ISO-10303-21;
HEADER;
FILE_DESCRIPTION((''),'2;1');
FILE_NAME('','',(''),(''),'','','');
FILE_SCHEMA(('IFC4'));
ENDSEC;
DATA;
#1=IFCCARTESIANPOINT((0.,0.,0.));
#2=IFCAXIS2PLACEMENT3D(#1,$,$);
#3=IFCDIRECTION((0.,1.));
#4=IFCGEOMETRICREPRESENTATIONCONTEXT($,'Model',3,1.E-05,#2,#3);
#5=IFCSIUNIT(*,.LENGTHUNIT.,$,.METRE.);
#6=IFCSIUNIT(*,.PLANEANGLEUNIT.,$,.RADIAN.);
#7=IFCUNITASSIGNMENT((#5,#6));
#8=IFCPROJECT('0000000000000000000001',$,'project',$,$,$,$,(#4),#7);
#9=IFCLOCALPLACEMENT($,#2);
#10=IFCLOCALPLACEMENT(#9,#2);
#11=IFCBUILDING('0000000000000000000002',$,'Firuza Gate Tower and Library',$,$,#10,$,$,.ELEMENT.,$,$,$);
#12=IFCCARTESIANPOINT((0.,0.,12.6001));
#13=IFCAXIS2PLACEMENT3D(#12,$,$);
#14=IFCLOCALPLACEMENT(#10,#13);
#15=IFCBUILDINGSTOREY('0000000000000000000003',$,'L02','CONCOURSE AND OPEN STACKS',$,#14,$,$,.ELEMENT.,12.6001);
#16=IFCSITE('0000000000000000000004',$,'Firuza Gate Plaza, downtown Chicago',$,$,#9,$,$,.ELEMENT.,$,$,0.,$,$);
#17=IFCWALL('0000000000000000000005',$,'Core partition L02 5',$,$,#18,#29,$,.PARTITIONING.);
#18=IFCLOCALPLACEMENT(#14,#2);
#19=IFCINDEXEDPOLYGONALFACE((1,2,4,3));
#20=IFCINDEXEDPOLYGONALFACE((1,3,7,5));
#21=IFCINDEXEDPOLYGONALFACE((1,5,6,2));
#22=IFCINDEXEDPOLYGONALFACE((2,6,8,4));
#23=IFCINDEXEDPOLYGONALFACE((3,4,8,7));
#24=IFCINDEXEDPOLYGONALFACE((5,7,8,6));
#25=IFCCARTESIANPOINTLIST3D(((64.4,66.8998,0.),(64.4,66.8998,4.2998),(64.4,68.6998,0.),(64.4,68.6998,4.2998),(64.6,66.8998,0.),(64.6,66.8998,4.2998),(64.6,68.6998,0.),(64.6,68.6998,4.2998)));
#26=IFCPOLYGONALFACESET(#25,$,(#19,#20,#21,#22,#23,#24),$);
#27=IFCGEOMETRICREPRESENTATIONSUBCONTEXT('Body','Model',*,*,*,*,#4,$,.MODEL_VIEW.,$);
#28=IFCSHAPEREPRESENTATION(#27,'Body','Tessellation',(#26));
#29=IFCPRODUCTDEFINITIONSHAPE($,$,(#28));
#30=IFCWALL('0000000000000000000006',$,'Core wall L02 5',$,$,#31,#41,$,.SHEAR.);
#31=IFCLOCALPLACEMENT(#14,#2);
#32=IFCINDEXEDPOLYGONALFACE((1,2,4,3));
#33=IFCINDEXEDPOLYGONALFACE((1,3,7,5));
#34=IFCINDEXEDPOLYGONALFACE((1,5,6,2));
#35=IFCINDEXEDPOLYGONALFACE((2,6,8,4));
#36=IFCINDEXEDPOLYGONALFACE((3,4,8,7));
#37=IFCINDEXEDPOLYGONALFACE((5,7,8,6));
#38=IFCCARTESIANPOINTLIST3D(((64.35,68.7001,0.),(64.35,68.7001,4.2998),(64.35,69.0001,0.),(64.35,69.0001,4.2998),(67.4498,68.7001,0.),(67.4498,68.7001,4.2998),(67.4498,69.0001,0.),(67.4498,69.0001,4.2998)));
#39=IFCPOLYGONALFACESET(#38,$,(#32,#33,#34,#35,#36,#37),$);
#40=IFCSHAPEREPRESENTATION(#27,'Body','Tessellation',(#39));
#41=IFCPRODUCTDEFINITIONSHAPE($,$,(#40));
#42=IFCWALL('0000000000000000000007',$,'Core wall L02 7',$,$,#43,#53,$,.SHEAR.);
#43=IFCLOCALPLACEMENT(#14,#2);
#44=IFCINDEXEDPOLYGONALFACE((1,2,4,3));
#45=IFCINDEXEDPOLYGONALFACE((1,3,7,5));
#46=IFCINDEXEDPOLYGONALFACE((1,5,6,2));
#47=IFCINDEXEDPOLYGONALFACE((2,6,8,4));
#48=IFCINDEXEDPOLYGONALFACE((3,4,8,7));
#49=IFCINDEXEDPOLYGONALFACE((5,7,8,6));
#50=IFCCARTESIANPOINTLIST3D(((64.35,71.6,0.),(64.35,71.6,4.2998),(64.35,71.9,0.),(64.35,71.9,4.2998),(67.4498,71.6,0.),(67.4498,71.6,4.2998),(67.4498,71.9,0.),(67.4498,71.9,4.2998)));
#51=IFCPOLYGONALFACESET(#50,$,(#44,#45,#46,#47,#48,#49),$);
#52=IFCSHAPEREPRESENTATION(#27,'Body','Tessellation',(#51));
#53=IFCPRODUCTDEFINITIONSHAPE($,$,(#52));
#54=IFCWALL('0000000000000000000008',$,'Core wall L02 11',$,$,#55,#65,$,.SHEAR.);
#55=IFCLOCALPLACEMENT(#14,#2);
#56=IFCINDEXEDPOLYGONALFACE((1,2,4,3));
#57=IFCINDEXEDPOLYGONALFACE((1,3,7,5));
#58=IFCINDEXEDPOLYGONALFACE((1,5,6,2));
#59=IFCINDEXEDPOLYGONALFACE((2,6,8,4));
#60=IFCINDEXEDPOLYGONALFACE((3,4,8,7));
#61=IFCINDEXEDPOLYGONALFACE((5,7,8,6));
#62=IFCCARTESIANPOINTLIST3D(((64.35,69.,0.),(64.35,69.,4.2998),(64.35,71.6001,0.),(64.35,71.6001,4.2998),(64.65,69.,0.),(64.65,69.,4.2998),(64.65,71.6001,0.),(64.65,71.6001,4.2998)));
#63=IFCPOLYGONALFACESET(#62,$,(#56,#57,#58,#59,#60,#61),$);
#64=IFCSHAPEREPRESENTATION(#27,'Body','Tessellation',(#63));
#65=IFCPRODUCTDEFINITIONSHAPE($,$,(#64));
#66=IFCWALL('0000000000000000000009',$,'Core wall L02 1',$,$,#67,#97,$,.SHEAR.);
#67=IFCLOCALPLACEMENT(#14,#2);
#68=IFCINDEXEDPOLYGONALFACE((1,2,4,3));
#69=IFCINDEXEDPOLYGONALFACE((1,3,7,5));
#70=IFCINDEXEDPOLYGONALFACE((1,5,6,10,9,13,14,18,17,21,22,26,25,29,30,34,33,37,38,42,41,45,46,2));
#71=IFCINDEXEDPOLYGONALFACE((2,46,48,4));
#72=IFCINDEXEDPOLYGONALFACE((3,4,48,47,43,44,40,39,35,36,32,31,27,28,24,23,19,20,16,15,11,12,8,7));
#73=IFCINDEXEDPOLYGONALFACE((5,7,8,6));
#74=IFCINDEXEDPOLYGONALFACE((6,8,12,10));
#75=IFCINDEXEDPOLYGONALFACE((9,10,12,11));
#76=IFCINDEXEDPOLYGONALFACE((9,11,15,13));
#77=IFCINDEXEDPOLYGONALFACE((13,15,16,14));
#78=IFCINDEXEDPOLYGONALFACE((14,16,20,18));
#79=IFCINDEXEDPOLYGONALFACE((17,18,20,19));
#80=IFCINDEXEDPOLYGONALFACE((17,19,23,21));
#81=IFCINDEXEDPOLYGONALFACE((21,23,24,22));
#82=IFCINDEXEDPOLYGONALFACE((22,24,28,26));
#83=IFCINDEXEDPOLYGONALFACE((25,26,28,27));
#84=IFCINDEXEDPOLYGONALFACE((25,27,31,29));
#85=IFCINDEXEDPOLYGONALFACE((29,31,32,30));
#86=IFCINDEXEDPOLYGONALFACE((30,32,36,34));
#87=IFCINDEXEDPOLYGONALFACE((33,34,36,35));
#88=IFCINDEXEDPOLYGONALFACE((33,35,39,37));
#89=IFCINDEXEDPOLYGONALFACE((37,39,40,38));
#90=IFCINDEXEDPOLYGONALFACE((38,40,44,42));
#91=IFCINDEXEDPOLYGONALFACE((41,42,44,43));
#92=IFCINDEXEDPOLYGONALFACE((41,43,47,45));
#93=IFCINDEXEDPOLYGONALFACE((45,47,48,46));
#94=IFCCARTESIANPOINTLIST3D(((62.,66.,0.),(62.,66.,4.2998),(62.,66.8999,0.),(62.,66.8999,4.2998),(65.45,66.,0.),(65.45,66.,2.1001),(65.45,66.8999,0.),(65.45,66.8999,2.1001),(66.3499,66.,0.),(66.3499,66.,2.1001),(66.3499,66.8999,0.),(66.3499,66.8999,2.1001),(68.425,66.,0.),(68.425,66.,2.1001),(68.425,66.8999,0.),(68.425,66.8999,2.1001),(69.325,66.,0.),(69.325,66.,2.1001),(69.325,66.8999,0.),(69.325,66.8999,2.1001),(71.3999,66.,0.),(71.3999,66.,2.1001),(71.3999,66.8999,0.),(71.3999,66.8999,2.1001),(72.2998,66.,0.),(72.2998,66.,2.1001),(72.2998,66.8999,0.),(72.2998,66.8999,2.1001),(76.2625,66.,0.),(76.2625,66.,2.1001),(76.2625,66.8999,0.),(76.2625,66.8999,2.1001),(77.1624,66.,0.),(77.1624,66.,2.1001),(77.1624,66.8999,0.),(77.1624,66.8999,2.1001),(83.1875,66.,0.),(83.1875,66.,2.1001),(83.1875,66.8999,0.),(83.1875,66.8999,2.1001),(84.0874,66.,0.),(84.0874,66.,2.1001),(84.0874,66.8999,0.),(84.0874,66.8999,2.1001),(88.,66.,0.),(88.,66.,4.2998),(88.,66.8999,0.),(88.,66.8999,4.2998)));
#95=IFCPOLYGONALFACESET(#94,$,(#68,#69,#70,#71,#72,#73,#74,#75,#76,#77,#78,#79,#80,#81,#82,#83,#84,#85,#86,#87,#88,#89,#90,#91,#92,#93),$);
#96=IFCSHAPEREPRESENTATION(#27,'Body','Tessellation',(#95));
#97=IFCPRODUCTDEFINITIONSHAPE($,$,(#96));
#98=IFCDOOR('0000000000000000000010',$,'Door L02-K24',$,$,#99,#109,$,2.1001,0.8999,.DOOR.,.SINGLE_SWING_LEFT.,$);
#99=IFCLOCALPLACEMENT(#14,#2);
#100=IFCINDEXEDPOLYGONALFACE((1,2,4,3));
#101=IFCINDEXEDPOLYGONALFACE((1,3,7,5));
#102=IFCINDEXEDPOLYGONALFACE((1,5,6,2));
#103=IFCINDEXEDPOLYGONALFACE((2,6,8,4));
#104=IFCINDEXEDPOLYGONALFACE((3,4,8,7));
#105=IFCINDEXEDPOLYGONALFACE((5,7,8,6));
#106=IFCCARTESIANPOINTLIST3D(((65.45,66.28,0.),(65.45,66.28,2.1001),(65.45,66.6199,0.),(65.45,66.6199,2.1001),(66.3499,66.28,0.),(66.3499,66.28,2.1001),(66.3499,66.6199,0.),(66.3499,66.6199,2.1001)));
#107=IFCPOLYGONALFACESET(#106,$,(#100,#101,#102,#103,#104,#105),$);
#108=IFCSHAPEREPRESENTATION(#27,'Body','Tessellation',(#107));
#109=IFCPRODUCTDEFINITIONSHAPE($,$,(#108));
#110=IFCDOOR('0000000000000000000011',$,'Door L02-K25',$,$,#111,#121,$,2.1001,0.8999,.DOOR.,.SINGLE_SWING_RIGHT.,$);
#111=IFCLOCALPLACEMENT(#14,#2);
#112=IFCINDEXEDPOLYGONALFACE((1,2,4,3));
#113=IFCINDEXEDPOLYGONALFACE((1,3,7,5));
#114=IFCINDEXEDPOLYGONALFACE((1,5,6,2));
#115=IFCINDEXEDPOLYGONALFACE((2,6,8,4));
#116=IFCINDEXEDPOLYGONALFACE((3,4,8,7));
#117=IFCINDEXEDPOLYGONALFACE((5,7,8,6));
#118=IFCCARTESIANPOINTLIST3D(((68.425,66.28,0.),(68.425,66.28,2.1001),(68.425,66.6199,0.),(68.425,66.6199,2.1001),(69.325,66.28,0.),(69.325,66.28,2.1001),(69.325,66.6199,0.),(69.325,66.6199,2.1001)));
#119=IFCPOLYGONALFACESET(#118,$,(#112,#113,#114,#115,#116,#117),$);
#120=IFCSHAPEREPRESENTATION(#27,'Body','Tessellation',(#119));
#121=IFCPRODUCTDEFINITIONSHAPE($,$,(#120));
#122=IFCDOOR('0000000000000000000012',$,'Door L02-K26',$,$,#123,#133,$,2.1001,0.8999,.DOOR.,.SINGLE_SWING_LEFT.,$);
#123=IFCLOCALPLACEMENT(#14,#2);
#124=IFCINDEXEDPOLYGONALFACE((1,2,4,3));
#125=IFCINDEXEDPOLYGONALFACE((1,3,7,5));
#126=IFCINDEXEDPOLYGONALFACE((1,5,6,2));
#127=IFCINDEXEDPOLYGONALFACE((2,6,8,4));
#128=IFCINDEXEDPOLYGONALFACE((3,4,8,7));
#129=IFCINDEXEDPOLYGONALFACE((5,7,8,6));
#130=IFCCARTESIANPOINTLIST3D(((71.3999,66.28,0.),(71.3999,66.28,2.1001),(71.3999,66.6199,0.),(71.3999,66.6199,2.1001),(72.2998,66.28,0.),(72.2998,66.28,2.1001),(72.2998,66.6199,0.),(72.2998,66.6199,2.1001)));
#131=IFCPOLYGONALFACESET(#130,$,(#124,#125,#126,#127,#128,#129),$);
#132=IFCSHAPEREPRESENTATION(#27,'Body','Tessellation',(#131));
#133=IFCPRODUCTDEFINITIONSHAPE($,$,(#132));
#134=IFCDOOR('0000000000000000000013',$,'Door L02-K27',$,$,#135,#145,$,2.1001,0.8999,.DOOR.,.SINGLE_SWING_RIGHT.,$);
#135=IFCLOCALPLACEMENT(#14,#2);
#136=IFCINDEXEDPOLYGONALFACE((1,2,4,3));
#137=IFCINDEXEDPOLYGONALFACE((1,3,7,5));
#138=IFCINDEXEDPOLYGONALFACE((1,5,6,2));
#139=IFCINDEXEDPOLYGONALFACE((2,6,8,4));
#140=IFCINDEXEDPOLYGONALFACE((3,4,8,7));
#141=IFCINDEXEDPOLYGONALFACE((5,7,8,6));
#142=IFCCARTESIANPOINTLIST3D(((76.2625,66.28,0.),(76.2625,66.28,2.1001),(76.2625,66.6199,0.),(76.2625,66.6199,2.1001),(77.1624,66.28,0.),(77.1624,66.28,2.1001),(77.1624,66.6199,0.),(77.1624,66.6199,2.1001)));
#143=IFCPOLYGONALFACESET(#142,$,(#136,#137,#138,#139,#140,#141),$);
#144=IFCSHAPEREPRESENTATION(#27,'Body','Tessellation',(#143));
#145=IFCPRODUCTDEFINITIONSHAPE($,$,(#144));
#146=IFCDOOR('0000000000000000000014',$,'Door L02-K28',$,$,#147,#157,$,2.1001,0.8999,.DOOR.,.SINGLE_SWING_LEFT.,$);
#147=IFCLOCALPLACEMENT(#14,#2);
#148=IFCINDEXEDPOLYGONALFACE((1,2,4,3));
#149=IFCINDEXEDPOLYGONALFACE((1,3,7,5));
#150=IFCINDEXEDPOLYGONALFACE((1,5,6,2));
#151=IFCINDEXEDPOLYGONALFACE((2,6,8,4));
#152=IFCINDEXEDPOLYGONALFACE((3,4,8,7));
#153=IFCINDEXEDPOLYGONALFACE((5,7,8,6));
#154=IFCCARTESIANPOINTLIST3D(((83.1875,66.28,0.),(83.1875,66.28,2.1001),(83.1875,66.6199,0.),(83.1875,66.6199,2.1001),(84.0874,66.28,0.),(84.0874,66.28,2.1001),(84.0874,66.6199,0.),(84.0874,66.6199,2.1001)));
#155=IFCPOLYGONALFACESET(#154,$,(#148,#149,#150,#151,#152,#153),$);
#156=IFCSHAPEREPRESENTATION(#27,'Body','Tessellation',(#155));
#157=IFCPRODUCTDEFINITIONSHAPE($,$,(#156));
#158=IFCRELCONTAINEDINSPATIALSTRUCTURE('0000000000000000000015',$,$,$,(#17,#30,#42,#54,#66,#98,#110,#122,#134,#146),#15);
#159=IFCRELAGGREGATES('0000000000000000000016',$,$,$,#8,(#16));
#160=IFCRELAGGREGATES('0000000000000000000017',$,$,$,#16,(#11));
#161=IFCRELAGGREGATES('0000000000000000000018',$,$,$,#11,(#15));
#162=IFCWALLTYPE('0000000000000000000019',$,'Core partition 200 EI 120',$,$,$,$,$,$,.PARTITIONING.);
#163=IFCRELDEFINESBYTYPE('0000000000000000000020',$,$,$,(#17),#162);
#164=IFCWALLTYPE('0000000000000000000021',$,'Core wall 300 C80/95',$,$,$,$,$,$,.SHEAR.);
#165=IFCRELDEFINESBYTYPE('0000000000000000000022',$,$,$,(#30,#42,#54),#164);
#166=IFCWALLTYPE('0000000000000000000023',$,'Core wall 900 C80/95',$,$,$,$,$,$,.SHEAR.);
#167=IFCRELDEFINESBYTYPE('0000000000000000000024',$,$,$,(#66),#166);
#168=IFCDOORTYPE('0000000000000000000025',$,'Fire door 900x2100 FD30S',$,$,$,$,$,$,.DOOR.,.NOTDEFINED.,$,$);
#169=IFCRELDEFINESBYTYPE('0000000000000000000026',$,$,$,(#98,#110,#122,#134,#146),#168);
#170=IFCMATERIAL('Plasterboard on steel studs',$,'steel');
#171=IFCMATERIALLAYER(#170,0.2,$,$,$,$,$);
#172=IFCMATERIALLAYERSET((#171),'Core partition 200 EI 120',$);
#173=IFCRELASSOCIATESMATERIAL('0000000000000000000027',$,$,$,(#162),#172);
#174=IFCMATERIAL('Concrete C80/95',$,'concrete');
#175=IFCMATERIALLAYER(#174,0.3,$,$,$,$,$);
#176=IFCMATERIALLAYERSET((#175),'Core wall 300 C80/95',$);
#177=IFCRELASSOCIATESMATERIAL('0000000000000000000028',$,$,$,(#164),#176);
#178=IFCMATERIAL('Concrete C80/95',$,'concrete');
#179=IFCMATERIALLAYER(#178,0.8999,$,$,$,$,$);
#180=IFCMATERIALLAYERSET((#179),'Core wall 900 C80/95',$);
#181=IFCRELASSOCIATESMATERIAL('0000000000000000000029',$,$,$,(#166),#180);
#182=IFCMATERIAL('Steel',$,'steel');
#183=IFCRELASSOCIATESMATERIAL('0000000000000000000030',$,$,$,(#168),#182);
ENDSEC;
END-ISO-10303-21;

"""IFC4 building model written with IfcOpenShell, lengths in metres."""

from ifc_helpers import new_model, si_unit, direction, frame, frame_2d, origin, place, context, subcontext, project, spatial, rectangle, extrude, material, layer, layer_set, type_object, element, fill, save


model = new_model("IFC4")

# Units and contexts
model_context = context("Model", 3, precision=1e-05, world=origin(), true_north=direction((0.0, 1.0)))
body_context = subcontext(model_context, "Body", "Model", "MODEL_VIEW")
ifc_project = project(units=[si_unit("LENGTHUNIT", "METRE"), si_unit("PLANEANGLEUNIT", "RADIAN")], contexts=[model_context])

# Site, building, storey
site_placement = place(None, origin())
site = spatial("IfcSite", under=ifc_project, at=site_placement, Name="Firuza Gate Plaza, downtown Chicago", CompositionType="ELEMENT", RefElevation=0.0)
building_placement = place(site_placement, origin())
building = spatial("IfcBuilding", under=site, at=building_placement, Name="Firuza Gate Tower and Library", CompositionType="ELEMENT")
storey_placement = place(building_placement, frame((0.0, 0.0, 12.6001)))
storey = spatial("IfcBuildingStorey", under=building, at=storey_placement, Name="L02", Description="CONCOURSE AND OPEN STACKS", CompositionType="ELEMENT", Elevation=12.6001)

# Walls
ifc_material_1 = material(Name="Plasterboard on steel studs", Category="steel")
ifc_layer_1 = layer(ifc_material_1, 0.2)
ifc_layer_set_1 = layer_set([ifc_layer_1], Name="Core partition 200 EI 120")
wall_type_1 = type_object("IfcWallType", Name="Core partition 200 EI 120", PredefinedType="PARTITIONING", material=ifc_layer_set_1)
wall_1_placement = place(storey_placement, frame((64.5, 66.8999, 0.0), z_axis=(0.0, 0.0, 1.0), x_axis=(0.0, 1.0, 0.0)))
element("IfcWall", 1, at=wall_1_placement, inside=storey, type_object=wall_type_1, Name="Core partition L02 5", PredefinedType="PARTITIONING", context=body_context, shape_type="SweptSolid", body=[
    extrude(rectangle(XDim=1.8, YDim=0.2, at=frame_2d((0.8999, 0.0))), origin(), (0.0, 0.0, 1.0), 4.2998),
])
ifc_material_2 = material(Name="Concrete C80/95", Category="concrete")
ifc_layer_2 = layer(ifc_material_2, 0.3)
ifc_layer_set_2 = layer_set([ifc_layer_2], Name="Core wall 300 C80/95")
wall_type_2 = type_object("IfcWallType", Name="Core wall 300 C80/95", PredefinedType="SHEAR", material=ifc_layer_set_2)
for number, where, z_axis, x_axis, name in (
    (2, (64.3501, 68.8501, 0.0), (0.0, 0.0, 1.0), (1.0, 0.0, 0.0), "Core wall L02 5"),
    (3, (64.3501, 71.75, 0.0), (0.0, 0.0, 1.0), (1.0, 0.0, 0.0), "Core wall L02 7"),
):
    element("IfcWall", number, at=place(storey_placement, frame(where, z_axis=z_axis, x_axis=x_axis)), inside=storey, type_object=wall_type_2, Name=name, PredefinedType="SHEAR", context=body_context, shape_type="SweptSolid", body=[
        extrude(rectangle(XDim=3.0999, YDim=0.3, at=frame_2d((1.5498, 0.0))), origin(), (0.0, 0.0, 1.0), 4.2998),
    ])
wall_2_placement = place(storey_placement, frame((64.5, 69.0, 0.0), z_axis=(0.0, 0.0, 1.0), x_axis=(0.0, 1.0, 0.0)))
element("IfcWall", 4, at=wall_2_placement, inside=storey, type_object=wall_type_2, Name="Core wall L02 11", PredefinedType="SHEAR", context=body_context, shape_type="SweptSolid", body=[
    extrude(rectangle(XDim=2.6001, YDim=0.3, at=frame_2d((1.3, 0.0))), origin(), (0.0, 0.0, 1.0), 4.2998),
])

# Wall, openings, doors
ifc_material_3 = material(Name="Concrete C80/95", Category="concrete")
ifc_layer_3 = layer(ifc_material_3, 0.8999)
ifc_layer_set_3 = layer_set([ifc_layer_3], Name="Core wall 900 C80/95")
wall_type_3 = type_object("IfcWallType", Name="Core wall 900 C80/95", PredefinedType="SHEAR", material=ifc_layer_set_3)
wall_3_placement = place(storey_placement, frame((62.0, 66.45, 0.0), z_axis=(0.0, 0.0, 1.0), x_axis=(1.0, 0.0, 0.0)))
wall_3 = element("IfcWall", 5, at=wall_3_placement, inside=storey, type_object=wall_type_3, Name="Core wall L02 1", PredefinedType="SHEAR", context=body_context, shape_type="SweptSolid", body=[
    extrude(rectangle(XDim=26.0, YDim=0.8999, at=frame_2d((13.0, 0.0))), origin(), (0.0, 0.0, 1.0), 4.2998),
])
opening_1_placement = place(wall_3_placement, frame((3.45, 0.0, 0.0)))
opening_1 = element("IfcOpeningElement", 6, at=opening_1_placement, cuts=wall_3, PredefinedType="OPENING", context=body_context, shape_type="SweptSolid", body=[
    extrude(rectangle(XDim=0.8999, YDim=2.1001, at=frame_2d((0.45, 1.05))), frame((0.0, 0.46, 0.0), z_axis=(0.0, -1.0, 0.0), x_axis=(1.0, 0.0, 0.0)), (0.0, 0.0, 1.0), 0.9199),
])
opening_2_placement = place(wall_3_placement, frame((6.425, 0.0, 0.0)))
opening_2 = element("IfcOpeningElement", 7, at=opening_2_placement, cuts=wall_3, PredefinedType="OPENING", context=body_context, shape_type="SweptSolid", body=[
    extrude(rectangle(XDim=0.8999, YDim=2.1001, at=frame_2d((0.45, 1.05))), frame((0.0, 0.46, 0.0), z_axis=(0.0, -1.0, 0.0), x_axis=(1.0, 0.0, 0.0)), (0.0, 0.0, 1.0), 0.9199),
])
opening_3_placement = place(wall_3_placement, frame((9.3999, 0.0, 0.0)))
opening_3 = element("IfcOpeningElement", 8, at=opening_3_placement, cuts=wall_3, PredefinedType="OPENING", context=body_context, shape_type="SweptSolid", body=[
    extrude(rectangle(XDim=0.8999, YDim=2.1001, at=frame_2d((0.45, 1.05))), frame((0.0, 0.46, 0.0), z_axis=(0.0, -1.0, 0.0), x_axis=(1.0, 0.0, 0.0)), (0.0, 0.0, 1.0), 0.9199),
])
opening_4_placement = place(wall_3_placement, frame((14.2625, 0.0, 0.0)))
opening_4 = element("IfcOpeningElement", 9, at=opening_4_placement, cuts=wall_3, PredefinedType="OPENING", context=body_context, shape_type="SweptSolid", body=[
    extrude(rectangle(XDim=0.8999, YDim=2.1001, at=frame_2d((0.45, 1.05))), frame((0.0, 0.46, 0.0), z_axis=(0.0, -1.0, 0.0), x_axis=(1.0, 0.0, 0.0)), (0.0, 0.0, 1.0), 0.9199),
])
opening_5_placement = place(wall_3_placement, frame((21.1875, 0.0, 0.0)))
opening_5 = element("IfcOpeningElement", 10, at=opening_5_placement, cuts=wall_3, PredefinedType="OPENING", context=body_context, shape_type="SweptSolid", body=[
    extrude(rectangle(XDim=0.8999, YDim=2.1001, at=frame_2d((0.45, 1.05))), frame((0.0, 0.46, 0.0), z_axis=(0.0, -1.0, 0.0), x_axis=(1.0, 0.0, 0.0)), (0.0, 0.0, 1.0), 0.9199),
])
ifc_material_4 = material(Name="Steel", Category="steel")
door_type_1 = type_object("IfcDoorType", Name="Fire door 900x2100 FD30S", OperationType="NOTDEFINED", PredefinedType="DOOR", material=ifc_material_4)
door_1_placement = place(opening_1_placement, origin())
door_1 = element("IfcDoor", 11, at=door_1_placement, inside=storey, type_object=door_type_1, Name="Door L02-K24", OperationType="SINGLE_SWING_LEFT", OverallHeight=2.1001, OverallWidth=0.8999, PredefinedType="DOOR", context=body_context, shape_type="SweptSolid", body=[
    extrude(rectangle(XDim=0.8999, YDim=2.1001, at=frame_2d((0.45, 1.05))), frame((0.0, 0.1699, 0.0), z_axis=(0.0, -1.0, 0.0), x_axis=(1.0, 0.0, 0.0)), (0.0, 0.0, 1.0), 0.3398),
])
fill(opening_1, door_1)
door_2_placement = place(opening_2_placement, origin())
door_2 = element("IfcDoor", 12, at=door_2_placement, inside=storey, type_object=door_type_1, Name="Door L02-K25", OperationType="SINGLE_SWING_RIGHT", OverallHeight=2.1001, OverallWidth=0.8999, PredefinedType="DOOR", context=body_context, shape_type="SweptSolid", body=[
    extrude(rectangle(XDim=0.8999, YDim=2.1001, at=frame_2d((0.45, 1.05))), frame((0.0, 0.1699, 0.0), z_axis=(0.0, -1.0, 0.0), x_axis=(1.0, 0.0, 0.0)), (0.0, 0.0, 1.0), 0.3398),
])
fill(opening_2, door_2)
door_3_placement = place(opening_3_placement, origin())
door_3 = element("IfcDoor", 13, at=door_3_placement, inside=storey, type_object=door_type_1, Name="Door L02-K26", OperationType="SINGLE_SWING_LEFT", OverallHeight=2.1001, OverallWidth=0.8999, PredefinedType="DOOR", context=body_context, shape_type="SweptSolid", body=[
    extrude(rectangle(XDim=0.8999, YDim=2.1001, at=frame_2d((0.45, 1.05))), frame((0.0, 0.1699, 0.0), z_axis=(0.0, -1.0, 0.0), x_axis=(1.0, 0.0, 0.0)), (0.0, 0.0, 1.0), 0.3398),
])
fill(opening_3, door_3)
door_4_placement = place(opening_4_placement, origin())
door_4 = element("IfcDoor", 14, at=door_4_placement, inside=storey, type_object=door_type_1, Name="Door L02-K27", OperationType="SINGLE_SWING_RIGHT", OverallHeight=2.1001, OverallWidth=0.8999, PredefinedType="DOOR", context=body_context, shape_type="SweptSolid", body=[
    extrude(rectangle(XDim=0.8999, YDim=2.1001, at=frame_2d((0.45, 1.05))), frame((0.0, 0.1699, 0.0), z_axis=(0.0, -1.0, 0.0), x_axis=(1.0, 0.0, 0.0)), (0.0, 0.0, 1.0), 0.3398),
])
fill(opening_4, door_4)
door_5_placement = place(opening_5_placement, origin())
door_5 = element("IfcDoor", 15, at=door_5_placement, inside=storey, type_object=door_type_1, Name="Door L02-K28", OperationType="SINGLE_SWING_LEFT", OverallHeight=2.1001, OverallWidth=0.8999, PredefinedType="DOOR", context=body_context, shape_type="SweptSolid", body=[
    extrude(rectangle(XDim=0.8999, YDim=2.1001, at=frame_2d((0.45, 1.05))), frame((0.0, 0.1699, 0.0), z_axis=(0.0, -1.0, 0.0), x_axis=(1.0, 0.0, 0.0)), (0.0, 0.0, 1.0), 0.3398),
])
fill(opening_5, door_5)

save(model, "model.ifc")
